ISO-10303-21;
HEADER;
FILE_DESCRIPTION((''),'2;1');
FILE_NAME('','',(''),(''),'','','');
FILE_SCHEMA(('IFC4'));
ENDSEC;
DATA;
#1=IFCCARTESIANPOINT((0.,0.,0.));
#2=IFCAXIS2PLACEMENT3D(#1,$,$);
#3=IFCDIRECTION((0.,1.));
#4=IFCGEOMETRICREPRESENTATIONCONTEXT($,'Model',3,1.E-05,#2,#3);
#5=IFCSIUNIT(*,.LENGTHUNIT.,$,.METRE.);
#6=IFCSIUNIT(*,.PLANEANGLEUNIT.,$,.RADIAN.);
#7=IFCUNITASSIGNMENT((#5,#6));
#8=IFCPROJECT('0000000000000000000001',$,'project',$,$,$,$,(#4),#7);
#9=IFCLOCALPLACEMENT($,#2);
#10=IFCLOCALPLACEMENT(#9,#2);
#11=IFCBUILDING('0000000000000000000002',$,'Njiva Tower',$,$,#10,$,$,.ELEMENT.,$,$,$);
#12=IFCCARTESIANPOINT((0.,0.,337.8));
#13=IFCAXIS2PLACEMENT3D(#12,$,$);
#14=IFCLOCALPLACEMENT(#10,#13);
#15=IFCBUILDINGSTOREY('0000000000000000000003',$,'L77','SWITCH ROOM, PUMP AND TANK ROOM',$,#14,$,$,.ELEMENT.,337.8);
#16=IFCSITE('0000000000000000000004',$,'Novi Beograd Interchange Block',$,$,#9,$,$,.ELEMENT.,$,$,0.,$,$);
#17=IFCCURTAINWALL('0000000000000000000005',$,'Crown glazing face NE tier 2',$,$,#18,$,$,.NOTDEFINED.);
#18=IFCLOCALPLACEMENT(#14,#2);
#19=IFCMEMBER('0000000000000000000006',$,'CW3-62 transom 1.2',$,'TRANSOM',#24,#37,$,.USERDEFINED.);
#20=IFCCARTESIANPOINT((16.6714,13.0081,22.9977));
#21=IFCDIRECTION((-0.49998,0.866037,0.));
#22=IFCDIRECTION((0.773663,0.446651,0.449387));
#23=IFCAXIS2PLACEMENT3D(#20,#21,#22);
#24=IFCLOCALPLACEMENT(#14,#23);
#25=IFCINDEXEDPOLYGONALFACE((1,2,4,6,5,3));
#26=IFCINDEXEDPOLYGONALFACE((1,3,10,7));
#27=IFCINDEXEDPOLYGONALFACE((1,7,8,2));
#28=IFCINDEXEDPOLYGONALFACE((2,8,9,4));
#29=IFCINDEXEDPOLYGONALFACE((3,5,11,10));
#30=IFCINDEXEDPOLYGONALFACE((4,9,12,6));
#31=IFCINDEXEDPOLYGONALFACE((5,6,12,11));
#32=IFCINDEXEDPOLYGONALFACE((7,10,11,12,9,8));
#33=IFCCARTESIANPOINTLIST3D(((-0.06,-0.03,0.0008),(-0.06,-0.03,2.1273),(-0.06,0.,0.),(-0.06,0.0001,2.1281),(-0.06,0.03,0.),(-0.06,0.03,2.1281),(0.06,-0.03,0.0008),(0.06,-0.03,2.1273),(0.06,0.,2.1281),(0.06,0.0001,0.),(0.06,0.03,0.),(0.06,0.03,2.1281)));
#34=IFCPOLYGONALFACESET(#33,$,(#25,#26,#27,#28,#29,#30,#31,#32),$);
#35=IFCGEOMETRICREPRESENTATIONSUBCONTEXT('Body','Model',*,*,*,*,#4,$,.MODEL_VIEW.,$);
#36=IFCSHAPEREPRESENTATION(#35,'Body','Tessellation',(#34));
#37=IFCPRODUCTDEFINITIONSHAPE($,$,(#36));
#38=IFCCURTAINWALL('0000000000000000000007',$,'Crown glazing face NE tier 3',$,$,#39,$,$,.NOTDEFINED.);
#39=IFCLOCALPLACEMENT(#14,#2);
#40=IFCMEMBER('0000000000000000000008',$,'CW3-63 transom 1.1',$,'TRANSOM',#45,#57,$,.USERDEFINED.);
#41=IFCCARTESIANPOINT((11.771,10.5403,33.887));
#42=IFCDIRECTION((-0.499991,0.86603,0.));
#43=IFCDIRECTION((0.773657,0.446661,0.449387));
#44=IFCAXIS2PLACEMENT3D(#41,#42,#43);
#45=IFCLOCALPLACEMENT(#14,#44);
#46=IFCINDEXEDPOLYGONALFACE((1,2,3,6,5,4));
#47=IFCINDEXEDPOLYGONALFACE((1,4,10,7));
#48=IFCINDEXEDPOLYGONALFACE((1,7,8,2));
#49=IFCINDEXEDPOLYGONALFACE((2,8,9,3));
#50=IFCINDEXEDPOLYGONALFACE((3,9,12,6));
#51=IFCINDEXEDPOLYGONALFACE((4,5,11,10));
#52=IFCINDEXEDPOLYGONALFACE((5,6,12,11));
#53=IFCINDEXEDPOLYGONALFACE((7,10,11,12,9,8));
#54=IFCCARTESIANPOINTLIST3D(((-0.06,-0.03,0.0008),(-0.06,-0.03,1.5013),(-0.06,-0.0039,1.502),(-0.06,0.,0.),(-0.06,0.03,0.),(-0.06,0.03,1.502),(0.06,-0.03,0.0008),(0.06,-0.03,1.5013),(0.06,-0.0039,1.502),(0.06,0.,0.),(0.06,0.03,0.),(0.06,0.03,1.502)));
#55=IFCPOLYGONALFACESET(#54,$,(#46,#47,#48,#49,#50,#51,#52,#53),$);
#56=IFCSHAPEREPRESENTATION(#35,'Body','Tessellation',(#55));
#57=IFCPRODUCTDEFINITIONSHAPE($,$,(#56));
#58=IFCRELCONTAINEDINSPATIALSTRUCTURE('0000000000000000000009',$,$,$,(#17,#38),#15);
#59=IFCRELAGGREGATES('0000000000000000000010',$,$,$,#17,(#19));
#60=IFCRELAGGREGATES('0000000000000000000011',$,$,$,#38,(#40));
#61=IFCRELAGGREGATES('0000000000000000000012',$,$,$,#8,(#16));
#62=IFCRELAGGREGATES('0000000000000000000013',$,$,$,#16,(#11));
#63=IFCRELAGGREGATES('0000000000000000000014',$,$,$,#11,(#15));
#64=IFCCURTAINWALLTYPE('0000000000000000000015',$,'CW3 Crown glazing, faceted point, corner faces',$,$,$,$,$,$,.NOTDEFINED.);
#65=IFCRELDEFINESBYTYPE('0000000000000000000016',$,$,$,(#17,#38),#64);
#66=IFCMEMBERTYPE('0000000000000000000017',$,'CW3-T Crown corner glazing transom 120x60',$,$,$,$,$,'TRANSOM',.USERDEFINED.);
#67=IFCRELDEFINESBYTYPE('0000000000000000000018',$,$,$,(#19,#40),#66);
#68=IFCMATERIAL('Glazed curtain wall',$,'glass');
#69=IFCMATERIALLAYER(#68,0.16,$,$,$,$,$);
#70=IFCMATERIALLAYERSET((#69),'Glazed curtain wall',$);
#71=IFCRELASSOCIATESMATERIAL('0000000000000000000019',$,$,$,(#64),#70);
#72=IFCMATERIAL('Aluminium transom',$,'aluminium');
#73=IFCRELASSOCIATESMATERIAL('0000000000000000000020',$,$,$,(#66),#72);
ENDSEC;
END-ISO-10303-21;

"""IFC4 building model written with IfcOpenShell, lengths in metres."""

from ifc_helpers import new_model, si_unit, direction, frame, origin, origin_2d, place, context, subcontext, project, spatial, rectangle, extrude, clip, halfspace, material, layer, layer_set, material_profile, profile_set, type_object, element, aggregate, save


model = new_model("IFC4")

# Units and contexts
model_context = context("Model", 3, precision=1e-05, world=origin(), true_north=direction((0.0, 1.0)))
body_context = subcontext(model_context, "Body", "Model", "MODEL_VIEW")
ifc_project = project(units=[si_unit("LENGTHUNIT", "METRE"), si_unit("PLANEANGLEUNIT", "RADIAN")], contexts=[model_context])

# Site, building, storey
site_placement = place(None, origin())
site = spatial("IfcSite", under=ifc_project, at=site_placement, Name="Novi Beograd Interchange Block", CompositionType="ELEMENT", RefElevation=0.0)
building_placement = place(site_placement, origin())
building = spatial("IfcBuilding", under=site, at=building_placement, Name="Njiva Tower", CompositionType="ELEMENT")
storey_placement = place(building_placement, frame((0.0, 0.0, 337.8)))
storey = spatial("IfcBuildingStorey", under=building, at=storey_placement, Name="L77", Description="SWITCH ROOM, PUMP AND TANK ROOM", CompositionType="ELEMENT", Elevation=337.8)

# Shared definitions
ifc_material_1 = material(Name="Glazed curtain wall", Category="glass")

# Shared definitions
ifc_material_2 = material(Name="Aluminium transom", Category="aluminium")

# Curtain wall, member
ifc_layer_1 = layer(ifc_material_1, 0.16)
ifc_layer_set_1 = layer_set([ifc_layer_1], Name="Glazed curtain wall")
curtain_wall_type_1 = type_object("IfcCurtainWallType", Name="CW3 Crown glazing, faceted point, corner faces", PredefinedType="NOTDEFINED", material=ifc_layer_set_1)
curtain_wall_1_placement = place(storey_placement, origin())
curtain_wall_1 = element("IfcCurtainWall", 1, at=curtain_wall_1_placement, inside=storey, type_object=curtain_wall_type_1, Name="Crown glazing face NE tier 2", PredefinedType="NOTDEFINED")
ifc_material_profile_1 = material_profile(ifc_material_2, rectangle(XDim=0.12, YDim=0.06, at=origin_2d()), Name="RECT 120x60")
ifc_profile_set_1 = profile_set([ifc_material_profile_1], Name="Aluminium transom")
member_type_1 = type_object("IfcMemberType", Name="CW3-T Crown corner glazing transom 120x60", ElementType="TRANSOM", PredefinedType="USERDEFINED", material=ifc_profile_set_1)
member_1_placement = place(storey_placement, frame((16.6714, 13.0081, 22.9977), z_axis=(-0.49998, 0.866037, 0.0), x_axis=(0.773663, 0.446651, 0.449387)))
member_1 = element("IfcMember", 2, at=member_1_placement, type_object=member_type_1, Name="CW3-62 transom 1.2", ObjectType="TRANSOM", PredefinedType="USERDEFINED", context=body_context, shape_type="Clipping", body=[
    clip(clip(extrude(rectangle(XDim=0.12, YDim=0.06, at=origin_2d()), origin(), (0.0, 0.0, 1.0), 2.1281), halfspace(frame((0.06, 0.0001, 0.0), z_axis=(0.000021, -0.025665, -0.999671), x_axis=(0.0, -0.999671, 0.025665)), False)), halfspace(frame((0.06, 0.0, 2.1281), z_axis=(-0.000021, -0.025685, 0.99967), x_axis=(0.0, 0.99967, 0.025685)), False)),
])

# Curtain wall, member
curtain_wall_2_placement = place(storey_placement, origin())
curtain_wall_2 = element("IfcCurtainWall", 3, at=curtain_wall_2_placement, inside=storey, type_object=curtain_wall_type_1, Name="Crown glazing face NE tier 3", PredefinedType="NOTDEFINED")
member_2_placement = place(storey_placement, frame((11.771, 10.5403, 33.887), z_axis=(-0.499991, 0.86603, 0.0), x_axis=(0.773657, 0.446661, 0.449387)))
member_2 = element("IfcMember", 4, at=member_2_placement, type_object=member_type_1, Name="CW3-63 transom 1.1", ObjectType="TRANSOM", PredefinedType="USERDEFINED", context=body_context, shape_type="Clipping", body=[
    clip(clip(extrude(rectangle(XDim=0.12, YDim=0.06, at=origin_2d()), origin(), (0.0, 0.0, 1.0), 1.502), halfspace(frame((0.06, 0.0, 0.0), z_axis=(0.000009, -0.02567, -0.99967), x_axis=(0.0, -0.99967, 0.02567)), False)), halfspace(frame((0.06, 0.0, 1.5021), z_axis=(-0.000009, -0.025679, 0.99967), x_axis=(0.0, 0.99967, 0.025679)), False)),
])

aggregate(curtain_wall_1, [member_1])
aggregate(curtain_wall_2, [member_2])

save(model, "model.ifc")
